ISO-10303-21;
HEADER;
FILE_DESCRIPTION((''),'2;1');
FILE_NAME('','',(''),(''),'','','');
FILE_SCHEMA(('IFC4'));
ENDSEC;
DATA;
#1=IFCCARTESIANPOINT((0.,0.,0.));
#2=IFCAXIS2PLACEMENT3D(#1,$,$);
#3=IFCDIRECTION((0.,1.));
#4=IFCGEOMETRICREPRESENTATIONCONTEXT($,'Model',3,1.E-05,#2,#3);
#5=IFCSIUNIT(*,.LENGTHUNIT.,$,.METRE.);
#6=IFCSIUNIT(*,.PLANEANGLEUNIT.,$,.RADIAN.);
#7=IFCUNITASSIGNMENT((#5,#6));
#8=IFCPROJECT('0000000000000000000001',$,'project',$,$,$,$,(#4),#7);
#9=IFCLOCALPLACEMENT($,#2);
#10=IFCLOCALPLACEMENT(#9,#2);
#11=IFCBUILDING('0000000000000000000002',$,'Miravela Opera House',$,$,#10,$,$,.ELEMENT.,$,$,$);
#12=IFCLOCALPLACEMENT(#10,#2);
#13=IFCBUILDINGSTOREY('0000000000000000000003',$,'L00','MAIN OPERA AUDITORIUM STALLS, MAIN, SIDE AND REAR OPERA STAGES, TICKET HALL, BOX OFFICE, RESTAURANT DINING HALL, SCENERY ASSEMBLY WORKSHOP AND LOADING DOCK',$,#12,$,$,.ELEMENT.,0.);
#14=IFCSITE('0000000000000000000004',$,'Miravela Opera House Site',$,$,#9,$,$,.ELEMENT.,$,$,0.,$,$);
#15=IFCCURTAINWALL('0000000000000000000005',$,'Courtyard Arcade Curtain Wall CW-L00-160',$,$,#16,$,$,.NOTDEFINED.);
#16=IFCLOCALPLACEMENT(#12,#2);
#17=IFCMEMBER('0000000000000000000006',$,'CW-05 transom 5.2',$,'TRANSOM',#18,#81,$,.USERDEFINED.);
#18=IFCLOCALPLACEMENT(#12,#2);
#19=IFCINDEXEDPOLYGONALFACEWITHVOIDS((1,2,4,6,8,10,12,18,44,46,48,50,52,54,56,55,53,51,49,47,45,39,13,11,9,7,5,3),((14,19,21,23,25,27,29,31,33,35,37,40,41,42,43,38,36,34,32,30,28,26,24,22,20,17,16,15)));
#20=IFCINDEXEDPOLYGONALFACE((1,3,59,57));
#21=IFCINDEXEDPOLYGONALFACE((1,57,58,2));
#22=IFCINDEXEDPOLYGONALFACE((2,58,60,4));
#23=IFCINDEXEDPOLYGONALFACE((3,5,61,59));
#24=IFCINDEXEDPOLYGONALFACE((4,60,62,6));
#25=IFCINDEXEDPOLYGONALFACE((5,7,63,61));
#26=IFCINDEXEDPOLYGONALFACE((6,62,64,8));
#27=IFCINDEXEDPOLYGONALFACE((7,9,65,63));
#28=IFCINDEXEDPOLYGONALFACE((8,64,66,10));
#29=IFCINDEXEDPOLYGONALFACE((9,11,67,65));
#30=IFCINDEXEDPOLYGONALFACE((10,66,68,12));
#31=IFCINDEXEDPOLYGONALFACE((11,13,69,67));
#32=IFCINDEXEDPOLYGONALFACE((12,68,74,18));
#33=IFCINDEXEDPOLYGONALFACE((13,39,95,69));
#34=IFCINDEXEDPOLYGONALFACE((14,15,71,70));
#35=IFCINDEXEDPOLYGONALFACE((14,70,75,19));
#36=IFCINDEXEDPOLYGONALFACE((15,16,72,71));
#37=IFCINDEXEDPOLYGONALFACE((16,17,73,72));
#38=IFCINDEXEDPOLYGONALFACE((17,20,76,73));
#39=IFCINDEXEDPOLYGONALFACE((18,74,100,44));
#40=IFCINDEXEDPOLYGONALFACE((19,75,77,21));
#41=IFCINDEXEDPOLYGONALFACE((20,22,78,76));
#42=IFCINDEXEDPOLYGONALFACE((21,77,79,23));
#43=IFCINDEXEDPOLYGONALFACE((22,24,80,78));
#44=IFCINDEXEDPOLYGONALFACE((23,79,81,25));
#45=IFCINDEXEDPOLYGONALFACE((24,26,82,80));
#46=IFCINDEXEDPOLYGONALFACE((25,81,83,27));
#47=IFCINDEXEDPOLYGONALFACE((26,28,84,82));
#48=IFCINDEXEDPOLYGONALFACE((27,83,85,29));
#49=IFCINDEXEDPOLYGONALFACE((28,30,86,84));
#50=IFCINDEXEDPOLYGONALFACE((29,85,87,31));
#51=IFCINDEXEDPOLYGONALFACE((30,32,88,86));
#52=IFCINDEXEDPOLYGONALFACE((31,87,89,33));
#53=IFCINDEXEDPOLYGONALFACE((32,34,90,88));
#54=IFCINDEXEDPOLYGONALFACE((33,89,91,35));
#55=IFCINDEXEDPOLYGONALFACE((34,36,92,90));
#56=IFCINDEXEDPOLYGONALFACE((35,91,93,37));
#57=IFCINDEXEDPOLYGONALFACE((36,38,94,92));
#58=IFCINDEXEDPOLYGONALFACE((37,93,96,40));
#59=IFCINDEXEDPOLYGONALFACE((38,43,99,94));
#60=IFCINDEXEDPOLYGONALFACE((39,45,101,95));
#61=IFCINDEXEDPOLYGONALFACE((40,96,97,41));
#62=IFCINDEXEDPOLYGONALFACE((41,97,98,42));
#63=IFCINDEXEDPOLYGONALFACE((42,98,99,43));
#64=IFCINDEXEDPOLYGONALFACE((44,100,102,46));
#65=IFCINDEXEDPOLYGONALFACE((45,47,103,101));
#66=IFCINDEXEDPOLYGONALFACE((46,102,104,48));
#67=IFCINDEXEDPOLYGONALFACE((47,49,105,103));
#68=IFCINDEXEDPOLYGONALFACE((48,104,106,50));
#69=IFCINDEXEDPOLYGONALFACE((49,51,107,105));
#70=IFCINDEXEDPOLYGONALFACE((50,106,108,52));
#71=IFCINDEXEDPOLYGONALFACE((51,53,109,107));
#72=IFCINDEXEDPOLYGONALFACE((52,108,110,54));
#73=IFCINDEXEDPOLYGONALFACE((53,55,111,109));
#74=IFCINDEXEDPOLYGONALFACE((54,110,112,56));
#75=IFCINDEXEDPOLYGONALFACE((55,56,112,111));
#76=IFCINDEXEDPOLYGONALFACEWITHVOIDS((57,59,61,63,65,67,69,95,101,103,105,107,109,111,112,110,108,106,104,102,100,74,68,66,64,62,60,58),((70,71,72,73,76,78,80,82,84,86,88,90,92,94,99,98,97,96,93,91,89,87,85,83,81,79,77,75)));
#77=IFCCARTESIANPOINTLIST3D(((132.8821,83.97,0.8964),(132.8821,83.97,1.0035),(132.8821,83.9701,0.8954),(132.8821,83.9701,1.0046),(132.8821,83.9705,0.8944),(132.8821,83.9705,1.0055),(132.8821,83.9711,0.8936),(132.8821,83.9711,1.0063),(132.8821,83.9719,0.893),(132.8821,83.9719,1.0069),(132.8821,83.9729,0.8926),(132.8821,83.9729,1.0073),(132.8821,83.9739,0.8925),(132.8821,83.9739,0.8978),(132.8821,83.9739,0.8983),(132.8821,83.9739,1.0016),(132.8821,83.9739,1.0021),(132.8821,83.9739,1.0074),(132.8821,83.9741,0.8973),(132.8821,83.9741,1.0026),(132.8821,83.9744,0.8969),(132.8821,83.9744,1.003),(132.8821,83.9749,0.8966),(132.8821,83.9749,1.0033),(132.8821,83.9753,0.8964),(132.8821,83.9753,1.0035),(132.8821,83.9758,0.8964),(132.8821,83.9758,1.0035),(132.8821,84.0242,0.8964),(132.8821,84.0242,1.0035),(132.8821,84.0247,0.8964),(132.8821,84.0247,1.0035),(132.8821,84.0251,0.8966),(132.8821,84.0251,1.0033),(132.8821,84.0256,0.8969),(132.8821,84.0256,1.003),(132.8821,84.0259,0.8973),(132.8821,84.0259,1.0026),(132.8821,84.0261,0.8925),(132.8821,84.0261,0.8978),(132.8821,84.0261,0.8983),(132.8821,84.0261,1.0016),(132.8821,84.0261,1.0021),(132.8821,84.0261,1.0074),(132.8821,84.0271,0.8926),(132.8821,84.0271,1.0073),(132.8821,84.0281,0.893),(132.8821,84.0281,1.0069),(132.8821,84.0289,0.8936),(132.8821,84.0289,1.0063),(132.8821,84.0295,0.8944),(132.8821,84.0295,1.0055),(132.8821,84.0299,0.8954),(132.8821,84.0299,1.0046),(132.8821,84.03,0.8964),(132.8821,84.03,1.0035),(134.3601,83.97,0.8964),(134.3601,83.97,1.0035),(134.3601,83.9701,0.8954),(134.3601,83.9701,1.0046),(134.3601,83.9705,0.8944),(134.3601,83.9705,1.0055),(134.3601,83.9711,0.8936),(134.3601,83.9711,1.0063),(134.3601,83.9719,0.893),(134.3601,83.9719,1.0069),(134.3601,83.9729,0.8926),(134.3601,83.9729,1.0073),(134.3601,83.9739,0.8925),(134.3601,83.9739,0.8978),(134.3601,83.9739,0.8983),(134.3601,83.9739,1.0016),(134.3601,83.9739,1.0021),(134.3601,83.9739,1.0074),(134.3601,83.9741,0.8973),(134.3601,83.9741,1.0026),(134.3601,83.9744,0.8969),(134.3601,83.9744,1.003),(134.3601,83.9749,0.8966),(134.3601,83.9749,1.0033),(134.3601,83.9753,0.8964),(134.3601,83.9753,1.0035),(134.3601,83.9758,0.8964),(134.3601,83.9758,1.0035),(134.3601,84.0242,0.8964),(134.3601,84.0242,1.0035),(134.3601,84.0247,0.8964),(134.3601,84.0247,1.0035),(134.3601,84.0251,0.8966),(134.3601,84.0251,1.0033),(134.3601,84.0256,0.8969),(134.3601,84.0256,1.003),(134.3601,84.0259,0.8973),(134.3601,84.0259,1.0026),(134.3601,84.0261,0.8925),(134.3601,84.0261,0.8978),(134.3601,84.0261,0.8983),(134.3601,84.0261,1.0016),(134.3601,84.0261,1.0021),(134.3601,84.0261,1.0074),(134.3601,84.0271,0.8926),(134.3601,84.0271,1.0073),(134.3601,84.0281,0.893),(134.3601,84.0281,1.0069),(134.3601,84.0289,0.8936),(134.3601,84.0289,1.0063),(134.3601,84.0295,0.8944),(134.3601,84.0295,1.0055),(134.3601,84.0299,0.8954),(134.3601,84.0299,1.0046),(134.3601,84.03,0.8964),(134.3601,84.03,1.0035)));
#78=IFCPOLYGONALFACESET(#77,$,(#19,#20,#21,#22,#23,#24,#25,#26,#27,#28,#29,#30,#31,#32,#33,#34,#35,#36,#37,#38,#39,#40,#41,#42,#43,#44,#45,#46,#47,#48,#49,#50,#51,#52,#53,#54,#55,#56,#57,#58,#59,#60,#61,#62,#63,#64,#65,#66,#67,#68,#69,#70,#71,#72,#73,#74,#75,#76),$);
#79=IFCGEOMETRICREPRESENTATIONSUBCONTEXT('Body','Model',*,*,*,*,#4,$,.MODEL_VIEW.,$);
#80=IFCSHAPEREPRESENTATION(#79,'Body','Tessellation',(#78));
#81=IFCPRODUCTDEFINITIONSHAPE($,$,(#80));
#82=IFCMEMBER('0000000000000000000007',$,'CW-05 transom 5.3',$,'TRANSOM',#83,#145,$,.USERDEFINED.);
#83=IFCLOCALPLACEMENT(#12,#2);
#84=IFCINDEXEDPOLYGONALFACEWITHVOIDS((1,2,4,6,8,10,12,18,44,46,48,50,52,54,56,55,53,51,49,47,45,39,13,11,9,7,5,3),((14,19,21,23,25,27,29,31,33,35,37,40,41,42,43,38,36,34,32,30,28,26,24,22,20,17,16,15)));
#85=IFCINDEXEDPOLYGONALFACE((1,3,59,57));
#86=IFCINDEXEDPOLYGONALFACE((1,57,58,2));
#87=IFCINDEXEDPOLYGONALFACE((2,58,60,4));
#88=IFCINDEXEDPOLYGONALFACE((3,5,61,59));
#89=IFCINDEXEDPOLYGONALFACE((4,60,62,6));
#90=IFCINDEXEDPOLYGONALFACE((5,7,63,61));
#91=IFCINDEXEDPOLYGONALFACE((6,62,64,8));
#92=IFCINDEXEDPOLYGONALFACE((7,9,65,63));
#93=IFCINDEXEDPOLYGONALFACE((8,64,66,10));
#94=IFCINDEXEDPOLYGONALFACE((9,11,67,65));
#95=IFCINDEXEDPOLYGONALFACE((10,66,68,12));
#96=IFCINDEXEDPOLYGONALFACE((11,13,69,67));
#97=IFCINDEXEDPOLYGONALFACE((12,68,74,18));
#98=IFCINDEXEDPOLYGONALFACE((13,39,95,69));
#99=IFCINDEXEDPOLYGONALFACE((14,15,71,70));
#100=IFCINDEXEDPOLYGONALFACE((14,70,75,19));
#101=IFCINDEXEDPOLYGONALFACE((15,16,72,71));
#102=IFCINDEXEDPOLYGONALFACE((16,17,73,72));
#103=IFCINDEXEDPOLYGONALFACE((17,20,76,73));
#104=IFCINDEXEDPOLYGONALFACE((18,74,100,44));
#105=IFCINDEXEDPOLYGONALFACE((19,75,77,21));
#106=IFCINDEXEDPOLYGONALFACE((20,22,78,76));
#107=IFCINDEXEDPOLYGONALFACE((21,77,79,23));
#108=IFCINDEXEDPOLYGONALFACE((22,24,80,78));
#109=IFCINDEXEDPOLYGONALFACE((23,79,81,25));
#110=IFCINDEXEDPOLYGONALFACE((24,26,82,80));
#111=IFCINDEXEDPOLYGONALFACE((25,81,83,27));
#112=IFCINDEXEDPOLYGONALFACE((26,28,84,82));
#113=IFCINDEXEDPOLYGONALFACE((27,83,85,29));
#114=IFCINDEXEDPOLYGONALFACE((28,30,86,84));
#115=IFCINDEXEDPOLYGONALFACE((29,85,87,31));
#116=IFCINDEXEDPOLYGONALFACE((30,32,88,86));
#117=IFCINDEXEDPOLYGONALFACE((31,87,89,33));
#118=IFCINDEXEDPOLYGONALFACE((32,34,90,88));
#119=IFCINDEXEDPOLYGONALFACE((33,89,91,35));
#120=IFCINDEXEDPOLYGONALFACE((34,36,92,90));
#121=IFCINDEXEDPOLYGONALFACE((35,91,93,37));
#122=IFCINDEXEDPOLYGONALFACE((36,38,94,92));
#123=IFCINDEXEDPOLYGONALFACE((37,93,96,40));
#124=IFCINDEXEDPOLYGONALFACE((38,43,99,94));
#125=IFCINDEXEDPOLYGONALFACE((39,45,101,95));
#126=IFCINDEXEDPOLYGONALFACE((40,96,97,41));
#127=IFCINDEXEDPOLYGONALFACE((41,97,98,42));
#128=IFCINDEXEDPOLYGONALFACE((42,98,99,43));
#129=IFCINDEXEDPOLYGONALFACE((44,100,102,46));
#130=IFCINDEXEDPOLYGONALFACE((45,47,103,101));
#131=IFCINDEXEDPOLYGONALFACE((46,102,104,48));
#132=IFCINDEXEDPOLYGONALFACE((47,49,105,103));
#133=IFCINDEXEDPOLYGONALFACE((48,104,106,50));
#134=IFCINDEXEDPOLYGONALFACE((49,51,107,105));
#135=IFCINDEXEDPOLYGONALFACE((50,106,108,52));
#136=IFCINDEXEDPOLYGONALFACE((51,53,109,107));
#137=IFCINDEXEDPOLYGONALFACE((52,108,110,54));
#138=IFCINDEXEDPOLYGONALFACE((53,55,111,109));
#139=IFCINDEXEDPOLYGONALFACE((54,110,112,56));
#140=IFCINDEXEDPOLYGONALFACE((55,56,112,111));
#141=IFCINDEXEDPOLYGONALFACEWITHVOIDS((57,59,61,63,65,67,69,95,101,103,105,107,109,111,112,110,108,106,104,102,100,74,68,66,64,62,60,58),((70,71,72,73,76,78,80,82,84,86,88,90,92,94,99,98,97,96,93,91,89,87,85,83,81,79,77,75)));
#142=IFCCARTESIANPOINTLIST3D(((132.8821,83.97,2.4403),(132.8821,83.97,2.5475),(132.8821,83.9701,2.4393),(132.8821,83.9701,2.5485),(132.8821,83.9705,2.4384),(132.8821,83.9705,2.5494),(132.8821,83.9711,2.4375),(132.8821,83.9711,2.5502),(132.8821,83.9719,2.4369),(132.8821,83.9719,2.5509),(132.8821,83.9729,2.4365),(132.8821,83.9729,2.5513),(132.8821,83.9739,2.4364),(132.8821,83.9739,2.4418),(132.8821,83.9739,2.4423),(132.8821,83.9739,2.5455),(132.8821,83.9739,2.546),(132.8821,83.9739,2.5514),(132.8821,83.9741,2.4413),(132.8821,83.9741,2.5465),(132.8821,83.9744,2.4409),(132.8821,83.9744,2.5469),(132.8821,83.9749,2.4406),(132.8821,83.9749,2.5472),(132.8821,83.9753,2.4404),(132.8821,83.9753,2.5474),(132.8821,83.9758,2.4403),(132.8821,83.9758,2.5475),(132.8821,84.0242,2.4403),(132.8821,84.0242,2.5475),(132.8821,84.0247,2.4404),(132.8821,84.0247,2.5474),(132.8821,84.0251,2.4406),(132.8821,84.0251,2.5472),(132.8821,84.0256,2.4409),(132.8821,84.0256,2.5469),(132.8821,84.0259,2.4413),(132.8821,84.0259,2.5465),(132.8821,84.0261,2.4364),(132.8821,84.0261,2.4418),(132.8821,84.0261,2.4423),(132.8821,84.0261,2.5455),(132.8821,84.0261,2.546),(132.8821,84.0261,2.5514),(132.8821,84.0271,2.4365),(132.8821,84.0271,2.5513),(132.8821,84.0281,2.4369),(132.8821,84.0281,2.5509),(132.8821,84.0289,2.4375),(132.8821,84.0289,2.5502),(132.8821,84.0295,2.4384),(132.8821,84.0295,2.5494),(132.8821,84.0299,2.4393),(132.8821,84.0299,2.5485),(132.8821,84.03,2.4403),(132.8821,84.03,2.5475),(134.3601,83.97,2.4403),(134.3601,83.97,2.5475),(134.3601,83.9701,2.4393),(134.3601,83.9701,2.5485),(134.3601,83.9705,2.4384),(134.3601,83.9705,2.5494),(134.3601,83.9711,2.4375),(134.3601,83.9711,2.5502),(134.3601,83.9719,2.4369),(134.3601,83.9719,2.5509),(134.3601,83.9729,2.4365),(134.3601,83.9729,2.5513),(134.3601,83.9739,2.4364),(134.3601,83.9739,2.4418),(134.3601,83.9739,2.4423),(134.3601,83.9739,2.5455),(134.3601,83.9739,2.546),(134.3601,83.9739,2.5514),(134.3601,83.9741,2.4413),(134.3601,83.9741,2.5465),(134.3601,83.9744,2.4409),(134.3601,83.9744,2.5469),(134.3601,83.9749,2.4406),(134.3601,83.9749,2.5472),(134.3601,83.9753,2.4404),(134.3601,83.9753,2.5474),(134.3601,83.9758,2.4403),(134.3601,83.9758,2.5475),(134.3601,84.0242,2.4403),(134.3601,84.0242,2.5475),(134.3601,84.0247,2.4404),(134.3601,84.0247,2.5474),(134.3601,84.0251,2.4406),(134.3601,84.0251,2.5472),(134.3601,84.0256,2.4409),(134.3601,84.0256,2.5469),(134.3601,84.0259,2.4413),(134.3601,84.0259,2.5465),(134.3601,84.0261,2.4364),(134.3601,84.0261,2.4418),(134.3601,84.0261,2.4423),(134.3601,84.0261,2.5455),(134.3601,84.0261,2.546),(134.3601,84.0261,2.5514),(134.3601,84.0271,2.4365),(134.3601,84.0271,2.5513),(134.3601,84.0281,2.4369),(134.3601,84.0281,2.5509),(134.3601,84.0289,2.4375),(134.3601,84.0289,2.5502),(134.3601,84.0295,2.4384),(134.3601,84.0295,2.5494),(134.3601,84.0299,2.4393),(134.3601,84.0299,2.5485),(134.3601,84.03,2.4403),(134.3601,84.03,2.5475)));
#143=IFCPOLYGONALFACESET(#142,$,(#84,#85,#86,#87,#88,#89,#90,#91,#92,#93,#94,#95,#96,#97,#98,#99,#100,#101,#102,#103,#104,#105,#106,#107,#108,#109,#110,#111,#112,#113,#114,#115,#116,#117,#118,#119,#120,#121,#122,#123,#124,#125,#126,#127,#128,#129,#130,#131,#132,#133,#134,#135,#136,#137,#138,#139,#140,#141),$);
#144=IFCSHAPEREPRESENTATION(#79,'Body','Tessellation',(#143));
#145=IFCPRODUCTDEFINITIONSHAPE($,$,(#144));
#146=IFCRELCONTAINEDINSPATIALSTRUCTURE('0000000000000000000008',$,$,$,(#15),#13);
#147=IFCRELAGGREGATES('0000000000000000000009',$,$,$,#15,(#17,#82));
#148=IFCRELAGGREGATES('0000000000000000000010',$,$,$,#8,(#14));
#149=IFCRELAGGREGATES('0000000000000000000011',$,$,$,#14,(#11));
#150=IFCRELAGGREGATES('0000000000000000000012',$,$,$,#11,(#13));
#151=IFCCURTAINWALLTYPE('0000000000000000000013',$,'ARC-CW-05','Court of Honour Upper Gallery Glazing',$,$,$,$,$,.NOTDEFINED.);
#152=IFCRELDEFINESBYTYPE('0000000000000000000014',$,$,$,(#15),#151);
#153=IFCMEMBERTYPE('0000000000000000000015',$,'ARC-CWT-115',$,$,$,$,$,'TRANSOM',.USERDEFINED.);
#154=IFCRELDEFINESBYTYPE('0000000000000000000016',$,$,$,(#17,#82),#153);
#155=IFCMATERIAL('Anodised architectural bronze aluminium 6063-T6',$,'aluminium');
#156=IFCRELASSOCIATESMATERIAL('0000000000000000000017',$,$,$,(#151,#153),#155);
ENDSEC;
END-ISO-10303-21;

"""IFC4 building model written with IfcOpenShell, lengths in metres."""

from ifc_helpers import new_model, si_unit, direction, frame, origin, origin_2d, place, context, subcontext, project, spatial, hollow_rectangle, extrude, material, material_profile, profile_set, type_object, element, aggregate, save


model = new_model("IFC4")

# Units and contexts
model_context = context("Model", 3, precision=1e-05, world=origin(), true_north=direction((0.0, 1.0)))
body_context = subcontext(model_context, "Body", "Model", "MODEL_VIEW")
ifc_project = project(units=[si_unit("LENGTHUNIT", "METRE"), si_unit("PLANEANGLEUNIT", "RADIAN")], contexts=[model_context])

# Site, building, storey
site_placement = place(None, origin())
site = spatial("IfcSite", under=ifc_project, at=site_placement, Name="Miravela Opera House Site", CompositionType="ELEMENT", RefElevation=0.0)
building_placement = place(site_placement, origin())
building = spatial("IfcBuilding", under=site, at=building_placement, Name="Miravela Opera House", CompositionType="ELEMENT")
storey_placement = place(building_placement, origin())
storey = spatial("IfcBuildingStorey", under=building, at=storey_placement, Name="L00", Description="MAIN OPERA AUDITORIUM STALLS, MAIN, SIDE AND REAR OPERA STAGES, TICKET HALL, BOX OFFICE, RESTAURANT DINING HALL, SCENERY ASSEMBLY WORKSHOP AND LOADING DOCK", CompositionType="ELEMENT", Elevation=0.0)

# Curtain wall, members
ifc_material_1 = material(Name="Anodised architectural bronze aluminium 6063-T6", Category="aluminium")
curtain_wall_type = type_object("IfcCurtainWallType", Name="ARC-CW-05", Description="Court of Honour Upper Gallery Glazing", PredefinedType="NOTDEFINED", material=ifc_material_1)
curtain_wall_placement = place(storey_placement, origin())
curtain_wall = element("IfcCurtainWall", 1, at=curtain_wall_placement, inside=storey, type_object=curtain_wall_type, Name="Courtyard Arcade Curtain Wall CW-L00-160", PredefinedType="NOTDEFINED")
ifc_material_profile_1 = material_profile(ifc_material_1, hollow_rectangle(XDim=0.0601, YDim=0.115, WallThickness=0.0039, InnerFilletRadius=0.002, OuterFilletRadius=0.0039, at=origin_2d()), Name="CWT-60X115")
ifc_profile_set_1 = profile_set([ifc_material_profile_1])
member_type_1 = type_object("IfcMemberType", Name="ARC-CWT-115", ElementType="TRANSOM", PredefinedType="USERDEFINED", material=ifc_profile_set_1)
member_1_placement = place(storey_placement, frame((132.8821, 84.0, 0.95), z_axis=(1.0, 0.0, 0.0), x_axis=(0.0, 1.0, 0.0)))
member_1 = element("IfcMember", 2, at=member_1_placement, type_object=member_type_1, Name="CW-05 transom 5.2", ObjectType="TRANSOM", PredefinedType="USERDEFINED", context=body_context, shape_type="SweptSolid", body=[
    extrude(hollow_rectangle(XDim=0.0601, YDim=0.115, WallThickness=0.0039, InnerFilletRadius=0.002, OuterFilletRadius=0.0039, at=origin_2d()), origin(), (0.0, 0.0, 1.0), 1.478),
])
member_2_placement = place(storey_placement, frame((132.8821, 84.0, 2.4939), z_axis=(1.0, 0.0, 0.0), x_axis=(0.0, 1.0, 0.0)))
member_2 = element("IfcMember", 3, at=member_2_placement, type_object=member_type_1, Name="CW-05 transom 5.3", ObjectType="TRANSOM", PredefinedType="USERDEFINED", context=body_context, shape_type="SweptSolid", body=[
    extrude(hollow_rectangle(XDim=0.0601, YDim=0.115, WallThickness=0.0039, InnerFilletRadius=0.002, OuterFilletRadius=0.0039, at=origin_2d()), origin(), (0.0, 0.0, 1.0), 1.478),
])
aggregate(curtain_wall, [member_1, member_2])

save(model, "model.ifc")
